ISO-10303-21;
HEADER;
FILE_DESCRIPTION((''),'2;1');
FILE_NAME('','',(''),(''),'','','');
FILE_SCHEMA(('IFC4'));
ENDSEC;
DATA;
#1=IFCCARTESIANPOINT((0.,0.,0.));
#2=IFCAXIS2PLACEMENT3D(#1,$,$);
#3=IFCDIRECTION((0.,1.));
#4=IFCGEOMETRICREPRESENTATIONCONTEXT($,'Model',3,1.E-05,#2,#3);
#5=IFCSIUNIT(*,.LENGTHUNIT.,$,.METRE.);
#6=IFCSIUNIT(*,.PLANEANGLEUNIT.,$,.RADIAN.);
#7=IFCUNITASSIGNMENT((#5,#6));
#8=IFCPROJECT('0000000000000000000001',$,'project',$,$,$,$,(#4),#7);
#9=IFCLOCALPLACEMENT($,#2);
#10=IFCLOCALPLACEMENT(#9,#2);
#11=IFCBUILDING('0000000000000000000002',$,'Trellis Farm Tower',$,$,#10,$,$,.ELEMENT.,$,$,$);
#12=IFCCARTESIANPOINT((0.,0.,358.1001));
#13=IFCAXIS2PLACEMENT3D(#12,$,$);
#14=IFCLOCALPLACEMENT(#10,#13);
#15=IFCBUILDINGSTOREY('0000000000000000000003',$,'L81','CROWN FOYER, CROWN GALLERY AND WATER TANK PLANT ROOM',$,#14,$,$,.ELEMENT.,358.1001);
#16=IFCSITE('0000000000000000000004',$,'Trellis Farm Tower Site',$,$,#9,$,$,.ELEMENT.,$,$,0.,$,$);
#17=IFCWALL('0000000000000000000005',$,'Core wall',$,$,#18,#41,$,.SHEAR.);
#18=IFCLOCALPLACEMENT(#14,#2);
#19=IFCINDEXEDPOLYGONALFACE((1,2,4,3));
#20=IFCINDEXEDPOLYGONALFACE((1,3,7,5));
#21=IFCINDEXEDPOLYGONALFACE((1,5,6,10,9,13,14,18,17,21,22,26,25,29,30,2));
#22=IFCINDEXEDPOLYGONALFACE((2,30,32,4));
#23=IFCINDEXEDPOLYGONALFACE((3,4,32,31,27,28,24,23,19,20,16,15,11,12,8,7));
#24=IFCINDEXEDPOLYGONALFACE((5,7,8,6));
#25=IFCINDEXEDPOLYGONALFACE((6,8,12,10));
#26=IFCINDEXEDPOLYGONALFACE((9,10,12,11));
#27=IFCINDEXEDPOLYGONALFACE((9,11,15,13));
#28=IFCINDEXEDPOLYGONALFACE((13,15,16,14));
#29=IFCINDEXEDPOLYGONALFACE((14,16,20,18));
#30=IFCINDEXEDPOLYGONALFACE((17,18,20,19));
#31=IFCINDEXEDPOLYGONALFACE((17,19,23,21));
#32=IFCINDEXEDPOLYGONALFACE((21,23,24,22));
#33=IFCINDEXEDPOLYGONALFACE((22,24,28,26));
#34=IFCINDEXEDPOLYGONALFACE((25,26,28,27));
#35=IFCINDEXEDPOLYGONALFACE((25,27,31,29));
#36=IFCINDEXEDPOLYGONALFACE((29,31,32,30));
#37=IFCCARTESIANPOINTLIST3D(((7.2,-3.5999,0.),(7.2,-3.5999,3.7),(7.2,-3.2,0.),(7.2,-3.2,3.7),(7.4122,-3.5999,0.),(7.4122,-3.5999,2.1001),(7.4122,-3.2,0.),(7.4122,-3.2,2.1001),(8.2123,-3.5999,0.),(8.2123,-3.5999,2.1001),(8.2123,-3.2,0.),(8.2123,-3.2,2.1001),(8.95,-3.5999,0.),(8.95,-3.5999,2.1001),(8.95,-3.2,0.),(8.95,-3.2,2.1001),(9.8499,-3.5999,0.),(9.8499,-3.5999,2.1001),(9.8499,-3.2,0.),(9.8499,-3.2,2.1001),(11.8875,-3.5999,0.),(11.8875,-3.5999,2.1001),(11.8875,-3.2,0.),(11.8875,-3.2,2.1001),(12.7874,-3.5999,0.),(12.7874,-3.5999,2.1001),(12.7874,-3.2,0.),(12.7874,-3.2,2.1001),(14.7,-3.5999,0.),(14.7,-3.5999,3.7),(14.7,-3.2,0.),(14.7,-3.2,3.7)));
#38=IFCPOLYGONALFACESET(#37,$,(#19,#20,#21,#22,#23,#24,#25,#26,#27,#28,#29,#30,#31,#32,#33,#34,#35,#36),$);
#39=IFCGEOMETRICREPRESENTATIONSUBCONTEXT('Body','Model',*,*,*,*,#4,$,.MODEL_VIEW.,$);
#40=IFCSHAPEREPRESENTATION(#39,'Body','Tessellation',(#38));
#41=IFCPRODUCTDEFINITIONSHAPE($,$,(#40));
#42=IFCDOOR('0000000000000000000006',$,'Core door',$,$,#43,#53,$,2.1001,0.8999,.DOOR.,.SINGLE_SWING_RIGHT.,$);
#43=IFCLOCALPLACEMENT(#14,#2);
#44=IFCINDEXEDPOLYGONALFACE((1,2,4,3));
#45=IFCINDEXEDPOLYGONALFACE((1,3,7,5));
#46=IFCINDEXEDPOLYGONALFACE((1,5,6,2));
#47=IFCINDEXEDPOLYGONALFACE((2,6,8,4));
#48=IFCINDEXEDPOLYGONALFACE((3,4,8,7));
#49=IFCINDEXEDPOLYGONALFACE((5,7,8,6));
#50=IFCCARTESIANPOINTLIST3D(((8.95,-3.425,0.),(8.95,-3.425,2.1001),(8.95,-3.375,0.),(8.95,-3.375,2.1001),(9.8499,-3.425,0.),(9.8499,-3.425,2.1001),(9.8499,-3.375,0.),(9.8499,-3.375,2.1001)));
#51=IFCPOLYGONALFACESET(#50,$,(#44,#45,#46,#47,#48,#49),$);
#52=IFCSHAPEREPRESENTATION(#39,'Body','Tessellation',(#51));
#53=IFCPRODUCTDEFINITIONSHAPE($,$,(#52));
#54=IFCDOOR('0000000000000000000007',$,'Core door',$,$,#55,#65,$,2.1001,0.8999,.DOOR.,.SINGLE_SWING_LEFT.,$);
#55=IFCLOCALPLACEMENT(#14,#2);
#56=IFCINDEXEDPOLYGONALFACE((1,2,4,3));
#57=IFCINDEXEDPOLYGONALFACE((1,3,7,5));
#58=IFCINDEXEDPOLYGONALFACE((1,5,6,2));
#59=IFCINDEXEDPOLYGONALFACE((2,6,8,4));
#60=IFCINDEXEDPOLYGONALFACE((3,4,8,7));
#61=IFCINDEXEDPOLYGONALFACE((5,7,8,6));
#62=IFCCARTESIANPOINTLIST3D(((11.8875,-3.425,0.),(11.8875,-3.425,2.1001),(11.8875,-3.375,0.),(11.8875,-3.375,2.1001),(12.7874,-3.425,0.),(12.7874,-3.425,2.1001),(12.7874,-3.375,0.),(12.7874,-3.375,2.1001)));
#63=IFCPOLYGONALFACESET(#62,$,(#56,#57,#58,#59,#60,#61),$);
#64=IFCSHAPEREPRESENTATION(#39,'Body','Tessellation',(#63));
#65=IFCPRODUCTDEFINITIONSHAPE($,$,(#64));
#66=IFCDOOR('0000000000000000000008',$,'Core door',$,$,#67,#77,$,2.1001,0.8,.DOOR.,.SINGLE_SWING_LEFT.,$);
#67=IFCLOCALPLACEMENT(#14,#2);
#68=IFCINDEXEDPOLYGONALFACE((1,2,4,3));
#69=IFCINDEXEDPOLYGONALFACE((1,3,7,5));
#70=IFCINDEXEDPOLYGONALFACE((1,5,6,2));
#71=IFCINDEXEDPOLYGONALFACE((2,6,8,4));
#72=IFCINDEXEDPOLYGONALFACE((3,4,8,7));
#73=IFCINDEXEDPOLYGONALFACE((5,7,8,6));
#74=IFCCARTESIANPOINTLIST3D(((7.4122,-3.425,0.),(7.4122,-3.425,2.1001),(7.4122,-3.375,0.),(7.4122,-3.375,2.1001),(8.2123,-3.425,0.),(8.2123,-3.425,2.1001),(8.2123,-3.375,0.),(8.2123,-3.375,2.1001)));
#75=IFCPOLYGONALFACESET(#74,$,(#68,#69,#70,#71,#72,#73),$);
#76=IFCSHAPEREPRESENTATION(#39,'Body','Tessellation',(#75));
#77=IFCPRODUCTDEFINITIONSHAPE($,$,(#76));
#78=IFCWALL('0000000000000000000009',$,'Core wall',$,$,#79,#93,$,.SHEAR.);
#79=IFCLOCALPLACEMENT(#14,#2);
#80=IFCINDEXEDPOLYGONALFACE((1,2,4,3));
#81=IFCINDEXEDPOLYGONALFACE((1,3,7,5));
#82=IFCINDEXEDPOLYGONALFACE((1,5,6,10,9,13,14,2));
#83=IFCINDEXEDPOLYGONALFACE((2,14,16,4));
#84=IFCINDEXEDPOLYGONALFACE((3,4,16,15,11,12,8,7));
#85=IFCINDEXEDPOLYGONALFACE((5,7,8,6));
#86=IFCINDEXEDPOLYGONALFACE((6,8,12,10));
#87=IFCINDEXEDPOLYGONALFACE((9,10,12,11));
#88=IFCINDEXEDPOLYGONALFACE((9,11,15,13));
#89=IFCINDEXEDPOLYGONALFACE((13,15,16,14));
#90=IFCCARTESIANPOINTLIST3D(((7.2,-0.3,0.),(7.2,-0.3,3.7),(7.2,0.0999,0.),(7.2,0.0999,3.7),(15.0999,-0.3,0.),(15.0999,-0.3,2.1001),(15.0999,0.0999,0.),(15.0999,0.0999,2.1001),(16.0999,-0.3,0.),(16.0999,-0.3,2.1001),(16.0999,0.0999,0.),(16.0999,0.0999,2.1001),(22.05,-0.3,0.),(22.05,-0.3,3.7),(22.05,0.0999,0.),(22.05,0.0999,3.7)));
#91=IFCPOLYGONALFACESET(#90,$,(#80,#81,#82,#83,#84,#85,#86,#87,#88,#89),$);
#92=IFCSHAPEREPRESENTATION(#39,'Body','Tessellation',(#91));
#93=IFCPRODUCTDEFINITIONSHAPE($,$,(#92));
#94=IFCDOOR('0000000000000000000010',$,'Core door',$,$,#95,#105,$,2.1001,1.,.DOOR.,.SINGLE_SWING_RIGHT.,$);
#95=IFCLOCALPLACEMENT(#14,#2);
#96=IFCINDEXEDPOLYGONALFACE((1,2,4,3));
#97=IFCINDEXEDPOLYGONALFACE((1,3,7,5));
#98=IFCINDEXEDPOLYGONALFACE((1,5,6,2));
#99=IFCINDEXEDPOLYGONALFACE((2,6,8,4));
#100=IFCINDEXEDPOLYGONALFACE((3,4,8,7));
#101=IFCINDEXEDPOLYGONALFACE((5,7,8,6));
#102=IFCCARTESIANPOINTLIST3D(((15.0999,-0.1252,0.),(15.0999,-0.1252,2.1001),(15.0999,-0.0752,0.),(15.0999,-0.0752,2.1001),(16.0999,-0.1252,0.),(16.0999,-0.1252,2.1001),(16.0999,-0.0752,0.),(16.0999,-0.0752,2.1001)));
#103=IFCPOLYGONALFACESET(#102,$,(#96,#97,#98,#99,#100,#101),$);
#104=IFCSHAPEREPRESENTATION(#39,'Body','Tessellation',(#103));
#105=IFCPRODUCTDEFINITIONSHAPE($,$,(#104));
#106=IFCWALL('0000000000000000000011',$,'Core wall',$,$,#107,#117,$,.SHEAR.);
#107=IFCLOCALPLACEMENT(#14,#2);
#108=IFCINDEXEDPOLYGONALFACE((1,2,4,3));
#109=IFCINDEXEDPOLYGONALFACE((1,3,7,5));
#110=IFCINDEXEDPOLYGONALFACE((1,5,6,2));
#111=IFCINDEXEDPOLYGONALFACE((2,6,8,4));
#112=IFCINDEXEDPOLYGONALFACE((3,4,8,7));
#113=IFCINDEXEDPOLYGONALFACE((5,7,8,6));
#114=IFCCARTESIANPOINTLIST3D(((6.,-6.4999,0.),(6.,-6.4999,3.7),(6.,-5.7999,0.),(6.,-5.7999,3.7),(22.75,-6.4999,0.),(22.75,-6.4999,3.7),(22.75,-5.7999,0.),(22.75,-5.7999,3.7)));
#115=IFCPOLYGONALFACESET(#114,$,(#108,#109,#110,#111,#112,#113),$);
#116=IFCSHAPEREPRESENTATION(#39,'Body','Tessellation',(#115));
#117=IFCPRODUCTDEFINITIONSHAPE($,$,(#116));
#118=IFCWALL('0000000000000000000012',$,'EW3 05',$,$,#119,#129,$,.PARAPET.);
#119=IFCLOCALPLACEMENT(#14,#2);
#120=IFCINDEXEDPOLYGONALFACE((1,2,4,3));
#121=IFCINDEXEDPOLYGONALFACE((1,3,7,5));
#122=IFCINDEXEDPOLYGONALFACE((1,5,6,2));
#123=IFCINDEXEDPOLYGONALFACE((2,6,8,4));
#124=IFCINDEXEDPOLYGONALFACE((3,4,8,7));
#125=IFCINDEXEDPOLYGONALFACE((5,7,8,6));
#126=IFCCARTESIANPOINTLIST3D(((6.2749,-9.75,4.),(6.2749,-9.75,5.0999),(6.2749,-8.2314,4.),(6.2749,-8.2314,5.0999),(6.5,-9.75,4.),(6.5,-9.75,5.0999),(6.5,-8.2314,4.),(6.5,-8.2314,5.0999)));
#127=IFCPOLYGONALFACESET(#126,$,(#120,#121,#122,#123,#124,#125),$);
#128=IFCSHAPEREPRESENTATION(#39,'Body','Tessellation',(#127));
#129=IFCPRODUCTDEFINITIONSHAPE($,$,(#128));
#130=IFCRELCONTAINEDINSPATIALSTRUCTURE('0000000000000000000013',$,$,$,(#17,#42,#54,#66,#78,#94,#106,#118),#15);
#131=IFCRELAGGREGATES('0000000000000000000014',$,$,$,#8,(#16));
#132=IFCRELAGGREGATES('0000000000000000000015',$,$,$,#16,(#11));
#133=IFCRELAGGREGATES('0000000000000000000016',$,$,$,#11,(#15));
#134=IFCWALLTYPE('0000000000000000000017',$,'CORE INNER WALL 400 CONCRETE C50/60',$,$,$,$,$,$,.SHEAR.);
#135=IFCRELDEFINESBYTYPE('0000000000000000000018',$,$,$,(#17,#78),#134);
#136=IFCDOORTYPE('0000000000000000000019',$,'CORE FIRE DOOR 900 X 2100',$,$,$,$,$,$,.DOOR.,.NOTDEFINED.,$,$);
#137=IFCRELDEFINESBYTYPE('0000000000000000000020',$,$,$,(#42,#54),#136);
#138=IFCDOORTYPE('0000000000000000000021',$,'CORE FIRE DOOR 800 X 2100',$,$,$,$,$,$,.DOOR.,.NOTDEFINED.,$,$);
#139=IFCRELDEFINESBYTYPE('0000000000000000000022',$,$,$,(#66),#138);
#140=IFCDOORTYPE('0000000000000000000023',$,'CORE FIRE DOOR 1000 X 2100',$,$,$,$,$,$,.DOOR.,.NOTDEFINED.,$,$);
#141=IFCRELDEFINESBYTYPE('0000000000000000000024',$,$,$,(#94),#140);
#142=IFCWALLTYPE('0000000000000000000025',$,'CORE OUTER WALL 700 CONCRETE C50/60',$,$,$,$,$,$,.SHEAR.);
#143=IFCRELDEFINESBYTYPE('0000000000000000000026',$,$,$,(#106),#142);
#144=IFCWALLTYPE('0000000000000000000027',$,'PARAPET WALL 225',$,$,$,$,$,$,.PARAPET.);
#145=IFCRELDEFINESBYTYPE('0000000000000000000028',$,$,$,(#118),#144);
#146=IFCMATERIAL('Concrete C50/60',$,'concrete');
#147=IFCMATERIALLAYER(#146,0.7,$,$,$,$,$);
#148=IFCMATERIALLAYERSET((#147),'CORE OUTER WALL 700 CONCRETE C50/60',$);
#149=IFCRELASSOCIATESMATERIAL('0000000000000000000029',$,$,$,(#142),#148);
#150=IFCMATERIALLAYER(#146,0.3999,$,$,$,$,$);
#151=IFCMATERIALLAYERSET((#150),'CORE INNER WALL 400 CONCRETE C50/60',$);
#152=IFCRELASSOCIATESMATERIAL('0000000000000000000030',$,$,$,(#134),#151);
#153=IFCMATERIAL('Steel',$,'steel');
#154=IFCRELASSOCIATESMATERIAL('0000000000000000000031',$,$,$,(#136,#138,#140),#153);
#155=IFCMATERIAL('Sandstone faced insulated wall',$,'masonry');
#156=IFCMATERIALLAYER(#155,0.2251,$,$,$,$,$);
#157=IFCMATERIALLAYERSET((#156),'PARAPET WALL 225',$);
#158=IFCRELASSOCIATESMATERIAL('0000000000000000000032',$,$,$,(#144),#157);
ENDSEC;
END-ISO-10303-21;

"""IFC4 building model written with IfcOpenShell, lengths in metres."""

from ifc_helpers import new_model, si_unit, direction, frame, frame_2d, origin, place, context, subcontext, project, spatial, rectangle, extrude, source, transform, mapped, material, layer, layer_set, type_object, element, fill, save


model = new_model("IFC4")

# Units and contexts
model_context = context("Model", 3, precision=1e-05, world=origin(), true_north=direction((0.0, 1.0)))
body_context = subcontext(model_context, "Body", "Model", "MODEL_VIEW")
ifc_project = project(units=[si_unit("LENGTHUNIT", "METRE"), si_unit("PLANEANGLEUNIT", "RADIAN")], contexts=[model_context])

# Site, building, storey
site_placement = place(None, origin())
site = spatial("IfcSite", under=ifc_project, at=site_placement, Name="Trellis Farm Tower Site", CompositionType="ELEMENT", RefElevation=0.0)
building_placement = place(site_placement, origin())
building = spatial("IfcBuilding", under=site, at=building_placement, Name="Trellis Farm Tower", CompositionType="ELEMENT")
storey_placement = place(building_placement, frame((0.0, 0.0, 358.1001)))
storey = spatial("IfcBuildingStorey", under=building, at=storey_placement, Name="L81", Description="CROWN FOYER, CROWN GALLERY AND WATER TANK PLANT ROOM", CompositionType="ELEMENT", Elevation=358.1001)

# Shared definitions
ifc_material_1 = material(Name="Concrete C50/60", Category="concrete")

# Shared definitions
ifc_layer_1 = layer(ifc_material_1, 0.7)
ifc_layer_set_1 = layer_set([ifc_layer_1], Name="CORE OUTER WALL 700 CONCRETE C50/60")
wall_type_1 = type_object("IfcWallType", Name="CORE OUTER WALL 700 CONCRETE C50/60", PredefinedType="SHEAR", material=ifc_layer_set_1)
ifc_material_2 = material(Name="Steel", Category="steel")

# Wall, openings, doors
ifc_layer_2 = layer(ifc_material_1, 0.3999)
ifc_layer_set_2 = layer_set([ifc_layer_2], Name="CORE INNER WALL 400 CONCRETE C50/60")
wall_type_2 = type_object("IfcWallType", Name="CORE INNER WALL 400 CONCRETE C50/60", PredefinedType="SHEAR", material=ifc_layer_set_2)
shared_shape_1 = source(origin(), body_context, "Body", "SweptSolid", [
    extrude(rectangle(XDim=7.5, YDim=0.3999, at=frame_2d((3.75, 0.0))), origin(), (0.0, 0.0, 1.0), 3.7),
])
wall_1_placement = place(storey_placement, frame((7.2, -3.3999, 0.0), z_axis=(0.0, 0.0, 1.0), x_axis=(1.0, 0.0, 0.0)))
wall_1 = element("IfcWall", 1, at=wall_1_placement, inside=storey, type_object=wall_type_2, Name="Core wall", PredefinedType="SHEAR", context=body_context, shape_type="MappedRepresentation", body=[
    mapped(shared_shape_1, transform((0.0, 0.0, 0.0))),
])
shared_shape_2 = source(origin(), body_context, "Body", "SweptSolid", [
    extrude(rectangle(XDim=0.8, YDim=2.1001, at=frame_2d((0.3999, 1.05))), frame((0.0, 0.21, 0.0), z_axis=(0.0, -1.0, 0.0), x_axis=(1.0, 0.0, 0.0)), (0.0, 0.0, 1.0), 0.4199),
])
opening_1_placement = place(wall_1_placement, frame((0.2124, 0.0, 0.0)))
opening_1 = element("IfcOpeningElement", 2, at=opening_1_placement, cuts=wall_1, PredefinedType="OPENING", context=body_context, shape_type="MappedRepresentation", body=[
    mapped(shared_shape_2, transform((0.0, 0.0, 0.0))),
])
shared_shape_3 = source(origin(), body_context, "Body", "SweptSolid", [
    extrude(rectangle(XDim=0.8999, YDim=2.1001, at=frame_2d((0.45, 1.05))), frame((0.0, 0.21, 0.0), z_axis=(0.0, -1.0, 0.0), x_axis=(1.0, 0.0, 0.0)), (0.0, 0.0, 1.0), 0.4199),
])
opening_2_placement = place(wall_1_placement, frame((1.75, 0.0, 0.0)))
opening_2 = element("IfcOpeningElement", 3, at=opening_2_placement, cuts=wall_1, PredefinedType="OPENING", context=body_context, shape_type="MappedRepresentation", body=[
    mapped(shared_shape_3, transform((0.0, 0.0, 0.0))),
])
opening_3_placement = place(wall_1_placement, frame((4.6875, 0.0, 0.0)))
opening_3 = element("IfcOpeningElement", 4, at=opening_3_placement, cuts=wall_1, PredefinedType="OPENING", context=body_context, shape_type="MappedRepresentation", body=[
    mapped(shared_shape_3, transform((0.0, 0.0, 0.0))),
])
door_type_1 = type_object("IfcDoorType", Name="CORE FIRE DOOR 900 X 2100", OperationType="NOTDEFINED", PredefinedType="DOOR", material=ifc_material_2)
shared_shape_4 = source(origin(), body_context, "Body", "SweptSolid", [
    extrude(rectangle(XDim=0.8999, YDim=2.1001, at=frame_2d((0.45, 1.05))), frame((0.0, 0.0249, 0.0), z_axis=(0.0, -1.0, 0.0), x_axis=(1.0, 0.0, 0.0)), (0.0, 0.0, 1.0), 0.05),
])
door_1_placement = place(opening_2_placement, origin())
door_1 = element("IfcDoor", 5, at=door_1_placement, inside=storey, type_object=door_type_1, Name="Core door", OperationType="SINGLE_SWING_RIGHT", OverallHeight=2.1001, OverallWidth=0.8999, PredefinedType="DOOR", context=body_context, shape_type="MappedRepresentation", body=[
    mapped(shared_shape_4, transform((0.0, 0.0, 0.0))),
])
fill(opening_2, door_1)
door_2_placement = place(opening_3_placement, origin())
door_2 = element("IfcDoor", 6, at=door_2_placement, inside=storey, type_object=door_type_1, Name="Core door", OperationType="SINGLE_SWING_LEFT", OverallHeight=2.1001, OverallWidth=0.8999, PredefinedType="DOOR", context=body_context, shape_type="MappedRepresentation", body=[
    mapped(shared_shape_4, transform((0.0, 0.0, 0.0))),
])
fill(opening_3, door_2)
door_type_2 = type_object("IfcDoorType", Name="CORE FIRE DOOR 800 X 2100", OperationType="NOTDEFINED", PredefinedType="DOOR", material=ifc_material_2)
shared_shape_5 = source(origin(), body_context, "Body", "SweptSolid", [
    extrude(rectangle(XDim=0.8, YDim=2.1001, at=frame_2d((0.3999, 1.05))), frame((0.0, 0.0249, 0.0), z_axis=(0.0, -1.0, 0.0), x_axis=(1.0, 0.0, 0.0)), (0.0, 0.0, 1.0), 0.05),
])
door_3_placement = place(opening_1_placement, origin())
door_3 = element("IfcDoor", 7, at=door_3_placement, inside=storey, type_object=door_type_2, Name="Core door", OperationType="SINGLE_SWING_LEFT", OverallHeight=2.1001, OverallWidth=0.8, PredefinedType="DOOR", context=body_context, shape_type="MappedRepresentation", body=[
    mapped(shared_shape_5, transform((0.0, 0.0, 0.0))),
])
fill(opening_1, door_3)

# Wall, opening, door
shared_shape_6 = source(origin(), body_context, "Body", "SweptSolid", [
    extrude(rectangle(XDim=14.8501, YDim=0.3999, at=frame_2d((7.425, 0.0))), origin(), (0.0, 0.0, 1.0), 3.7),
])
wall_2_placement = place(storey_placement, frame((7.2, -0.1001, 0.0), z_axis=(0.0, 0.0, 1.0), x_axis=(1.0, 0.0, 0.0)))
wall_2 = element("IfcWall", 8, at=wall_2_placement, inside=storey, type_object=wall_type_2, Name="Core wall", PredefinedType="SHEAR", context=body_context, shape_type="MappedRepresentation", body=[
    mapped(shared_shape_6, transform((0.0, 0.0, 0.0))),
])
shared_shape_7 = source(origin(), body_context, "Body", "SweptSolid", [
    extrude(rectangle(XDim=1.0, YDim=2.1001, at=frame_2d((0.5, 1.05))), frame((0.0, 0.21, 0.0), z_axis=(0.0, -1.0, 0.0), x_axis=(1.0, 0.0, 0.0)), (0.0, 0.0, 1.0), 0.4199),
])
opening_4_placement = place(wall_2_placement, frame((7.8999, 0.0, 0.0)))
opening_4 = element("IfcOpeningElement", 9, at=opening_4_placement, cuts=wall_2, PredefinedType="OPENING", context=body_context, shape_type="MappedRepresentation", body=[
    mapped(shared_shape_7, transform((0.0, 0.0, 0.0))),
])
door_type_3 = type_object("IfcDoorType", Name="CORE FIRE DOOR 1000 X 2100", OperationType="NOTDEFINED", PredefinedType="DOOR", material=ifc_material_2)
shared_shape_8 = source(origin(), body_context, "Body", "SweptSolid", [
    extrude(rectangle(XDim=1.0, YDim=2.1001, at=frame_2d((0.5, 1.05))), frame((0.0, 0.0249, 0.0), z_axis=(0.0, -1.0, 0.0), x_axis=(1.0, 0.0, 0.0)), (0.0, 0.0, 1.0), 0.05),
])
door_4_placement = place(opening_4_placement, origin())
door_4 = element("IfcDoor", 10, at=door_4_placement, inside=storey, type_object=door_type_3, Name="Core door", OperationType="SINGLE_SWING_RIGHT", OverallHeight=2.1001, OverallWidth=1.0, PredefinedType="DOOR", context=body_context, shape_type="MappedRepresentation", body=[
    mapped(shared_shape_8, transform((0.0, 0.0, 0.0))),
])
fill(opening_4, door_4)

# Walls
shared_shape_9 = source(origin(), body_context, "Body", "SweptSolid", [
    extrude(rectangle(XDim=16.75, YDim=0.7, at=frame_2d((8.375, 0.0))), origin(), (0.0, 0.0, 1.0), 3.7),
])
wall_3_placement = place(storey_placement, frame((6.0, -6.1499, 0.0), z_axis=(0.0, 0.0, 1.0), x_axis=(1.0, 0.0, 0.0)))
element("IfcWall", 11, at=wall_3_placement, inside=storey, type_object=wall_type_1, Name="Core wall", PredefinedType="SHEAR", context=body_context, shape_type="MappedRepresentation", body=[
    mapped(shared_shape_9, transform((0.0, 0.0, 0.0))),
])
ifc_material_3 = material(Name="Sandstone faced insulated wall", Category="masonry")
ifc_layer_3 = layer(ifc_material_3, 0.2251)
ifc_layer_set_3 = layer_set([ifc_layer_3], Name="PARAPET WALL 225")
wall_type_3 = type_object("IfcWallType", Name="PARAPET WALL 225", PredefinedType="PARAPET", material=ifc_layer_set_3)
shared_shape_10 = source(origin(), body_context, "Body", "SweptSolid", [
    extrude(rectangle(XDim=1.5186, YDim=0.2251, at=frame_2d((0.7593, 0.0))), origin(), (0.0, 0.0, 1.0), 1.0999),
])
wall_4_placement = place(storey_placement, frame((6.3875, -9.75, 4.0), z_axis=(0.0, 0.0, 1.0), x_axis=(0.0, 1.0, 0.0)))
element("IfcWall", 12, at=wall_4_placement, inside=storey, type_object=wall_type_3, Name="EW3 05", PredefinedType="PARAPET", context=body_context, shape_type="MappedRepresentation", body=[
    mapped(shared_shape_10, transform((0.0, 0.0, 0.0))),
])

save(model, "model.ifc")
